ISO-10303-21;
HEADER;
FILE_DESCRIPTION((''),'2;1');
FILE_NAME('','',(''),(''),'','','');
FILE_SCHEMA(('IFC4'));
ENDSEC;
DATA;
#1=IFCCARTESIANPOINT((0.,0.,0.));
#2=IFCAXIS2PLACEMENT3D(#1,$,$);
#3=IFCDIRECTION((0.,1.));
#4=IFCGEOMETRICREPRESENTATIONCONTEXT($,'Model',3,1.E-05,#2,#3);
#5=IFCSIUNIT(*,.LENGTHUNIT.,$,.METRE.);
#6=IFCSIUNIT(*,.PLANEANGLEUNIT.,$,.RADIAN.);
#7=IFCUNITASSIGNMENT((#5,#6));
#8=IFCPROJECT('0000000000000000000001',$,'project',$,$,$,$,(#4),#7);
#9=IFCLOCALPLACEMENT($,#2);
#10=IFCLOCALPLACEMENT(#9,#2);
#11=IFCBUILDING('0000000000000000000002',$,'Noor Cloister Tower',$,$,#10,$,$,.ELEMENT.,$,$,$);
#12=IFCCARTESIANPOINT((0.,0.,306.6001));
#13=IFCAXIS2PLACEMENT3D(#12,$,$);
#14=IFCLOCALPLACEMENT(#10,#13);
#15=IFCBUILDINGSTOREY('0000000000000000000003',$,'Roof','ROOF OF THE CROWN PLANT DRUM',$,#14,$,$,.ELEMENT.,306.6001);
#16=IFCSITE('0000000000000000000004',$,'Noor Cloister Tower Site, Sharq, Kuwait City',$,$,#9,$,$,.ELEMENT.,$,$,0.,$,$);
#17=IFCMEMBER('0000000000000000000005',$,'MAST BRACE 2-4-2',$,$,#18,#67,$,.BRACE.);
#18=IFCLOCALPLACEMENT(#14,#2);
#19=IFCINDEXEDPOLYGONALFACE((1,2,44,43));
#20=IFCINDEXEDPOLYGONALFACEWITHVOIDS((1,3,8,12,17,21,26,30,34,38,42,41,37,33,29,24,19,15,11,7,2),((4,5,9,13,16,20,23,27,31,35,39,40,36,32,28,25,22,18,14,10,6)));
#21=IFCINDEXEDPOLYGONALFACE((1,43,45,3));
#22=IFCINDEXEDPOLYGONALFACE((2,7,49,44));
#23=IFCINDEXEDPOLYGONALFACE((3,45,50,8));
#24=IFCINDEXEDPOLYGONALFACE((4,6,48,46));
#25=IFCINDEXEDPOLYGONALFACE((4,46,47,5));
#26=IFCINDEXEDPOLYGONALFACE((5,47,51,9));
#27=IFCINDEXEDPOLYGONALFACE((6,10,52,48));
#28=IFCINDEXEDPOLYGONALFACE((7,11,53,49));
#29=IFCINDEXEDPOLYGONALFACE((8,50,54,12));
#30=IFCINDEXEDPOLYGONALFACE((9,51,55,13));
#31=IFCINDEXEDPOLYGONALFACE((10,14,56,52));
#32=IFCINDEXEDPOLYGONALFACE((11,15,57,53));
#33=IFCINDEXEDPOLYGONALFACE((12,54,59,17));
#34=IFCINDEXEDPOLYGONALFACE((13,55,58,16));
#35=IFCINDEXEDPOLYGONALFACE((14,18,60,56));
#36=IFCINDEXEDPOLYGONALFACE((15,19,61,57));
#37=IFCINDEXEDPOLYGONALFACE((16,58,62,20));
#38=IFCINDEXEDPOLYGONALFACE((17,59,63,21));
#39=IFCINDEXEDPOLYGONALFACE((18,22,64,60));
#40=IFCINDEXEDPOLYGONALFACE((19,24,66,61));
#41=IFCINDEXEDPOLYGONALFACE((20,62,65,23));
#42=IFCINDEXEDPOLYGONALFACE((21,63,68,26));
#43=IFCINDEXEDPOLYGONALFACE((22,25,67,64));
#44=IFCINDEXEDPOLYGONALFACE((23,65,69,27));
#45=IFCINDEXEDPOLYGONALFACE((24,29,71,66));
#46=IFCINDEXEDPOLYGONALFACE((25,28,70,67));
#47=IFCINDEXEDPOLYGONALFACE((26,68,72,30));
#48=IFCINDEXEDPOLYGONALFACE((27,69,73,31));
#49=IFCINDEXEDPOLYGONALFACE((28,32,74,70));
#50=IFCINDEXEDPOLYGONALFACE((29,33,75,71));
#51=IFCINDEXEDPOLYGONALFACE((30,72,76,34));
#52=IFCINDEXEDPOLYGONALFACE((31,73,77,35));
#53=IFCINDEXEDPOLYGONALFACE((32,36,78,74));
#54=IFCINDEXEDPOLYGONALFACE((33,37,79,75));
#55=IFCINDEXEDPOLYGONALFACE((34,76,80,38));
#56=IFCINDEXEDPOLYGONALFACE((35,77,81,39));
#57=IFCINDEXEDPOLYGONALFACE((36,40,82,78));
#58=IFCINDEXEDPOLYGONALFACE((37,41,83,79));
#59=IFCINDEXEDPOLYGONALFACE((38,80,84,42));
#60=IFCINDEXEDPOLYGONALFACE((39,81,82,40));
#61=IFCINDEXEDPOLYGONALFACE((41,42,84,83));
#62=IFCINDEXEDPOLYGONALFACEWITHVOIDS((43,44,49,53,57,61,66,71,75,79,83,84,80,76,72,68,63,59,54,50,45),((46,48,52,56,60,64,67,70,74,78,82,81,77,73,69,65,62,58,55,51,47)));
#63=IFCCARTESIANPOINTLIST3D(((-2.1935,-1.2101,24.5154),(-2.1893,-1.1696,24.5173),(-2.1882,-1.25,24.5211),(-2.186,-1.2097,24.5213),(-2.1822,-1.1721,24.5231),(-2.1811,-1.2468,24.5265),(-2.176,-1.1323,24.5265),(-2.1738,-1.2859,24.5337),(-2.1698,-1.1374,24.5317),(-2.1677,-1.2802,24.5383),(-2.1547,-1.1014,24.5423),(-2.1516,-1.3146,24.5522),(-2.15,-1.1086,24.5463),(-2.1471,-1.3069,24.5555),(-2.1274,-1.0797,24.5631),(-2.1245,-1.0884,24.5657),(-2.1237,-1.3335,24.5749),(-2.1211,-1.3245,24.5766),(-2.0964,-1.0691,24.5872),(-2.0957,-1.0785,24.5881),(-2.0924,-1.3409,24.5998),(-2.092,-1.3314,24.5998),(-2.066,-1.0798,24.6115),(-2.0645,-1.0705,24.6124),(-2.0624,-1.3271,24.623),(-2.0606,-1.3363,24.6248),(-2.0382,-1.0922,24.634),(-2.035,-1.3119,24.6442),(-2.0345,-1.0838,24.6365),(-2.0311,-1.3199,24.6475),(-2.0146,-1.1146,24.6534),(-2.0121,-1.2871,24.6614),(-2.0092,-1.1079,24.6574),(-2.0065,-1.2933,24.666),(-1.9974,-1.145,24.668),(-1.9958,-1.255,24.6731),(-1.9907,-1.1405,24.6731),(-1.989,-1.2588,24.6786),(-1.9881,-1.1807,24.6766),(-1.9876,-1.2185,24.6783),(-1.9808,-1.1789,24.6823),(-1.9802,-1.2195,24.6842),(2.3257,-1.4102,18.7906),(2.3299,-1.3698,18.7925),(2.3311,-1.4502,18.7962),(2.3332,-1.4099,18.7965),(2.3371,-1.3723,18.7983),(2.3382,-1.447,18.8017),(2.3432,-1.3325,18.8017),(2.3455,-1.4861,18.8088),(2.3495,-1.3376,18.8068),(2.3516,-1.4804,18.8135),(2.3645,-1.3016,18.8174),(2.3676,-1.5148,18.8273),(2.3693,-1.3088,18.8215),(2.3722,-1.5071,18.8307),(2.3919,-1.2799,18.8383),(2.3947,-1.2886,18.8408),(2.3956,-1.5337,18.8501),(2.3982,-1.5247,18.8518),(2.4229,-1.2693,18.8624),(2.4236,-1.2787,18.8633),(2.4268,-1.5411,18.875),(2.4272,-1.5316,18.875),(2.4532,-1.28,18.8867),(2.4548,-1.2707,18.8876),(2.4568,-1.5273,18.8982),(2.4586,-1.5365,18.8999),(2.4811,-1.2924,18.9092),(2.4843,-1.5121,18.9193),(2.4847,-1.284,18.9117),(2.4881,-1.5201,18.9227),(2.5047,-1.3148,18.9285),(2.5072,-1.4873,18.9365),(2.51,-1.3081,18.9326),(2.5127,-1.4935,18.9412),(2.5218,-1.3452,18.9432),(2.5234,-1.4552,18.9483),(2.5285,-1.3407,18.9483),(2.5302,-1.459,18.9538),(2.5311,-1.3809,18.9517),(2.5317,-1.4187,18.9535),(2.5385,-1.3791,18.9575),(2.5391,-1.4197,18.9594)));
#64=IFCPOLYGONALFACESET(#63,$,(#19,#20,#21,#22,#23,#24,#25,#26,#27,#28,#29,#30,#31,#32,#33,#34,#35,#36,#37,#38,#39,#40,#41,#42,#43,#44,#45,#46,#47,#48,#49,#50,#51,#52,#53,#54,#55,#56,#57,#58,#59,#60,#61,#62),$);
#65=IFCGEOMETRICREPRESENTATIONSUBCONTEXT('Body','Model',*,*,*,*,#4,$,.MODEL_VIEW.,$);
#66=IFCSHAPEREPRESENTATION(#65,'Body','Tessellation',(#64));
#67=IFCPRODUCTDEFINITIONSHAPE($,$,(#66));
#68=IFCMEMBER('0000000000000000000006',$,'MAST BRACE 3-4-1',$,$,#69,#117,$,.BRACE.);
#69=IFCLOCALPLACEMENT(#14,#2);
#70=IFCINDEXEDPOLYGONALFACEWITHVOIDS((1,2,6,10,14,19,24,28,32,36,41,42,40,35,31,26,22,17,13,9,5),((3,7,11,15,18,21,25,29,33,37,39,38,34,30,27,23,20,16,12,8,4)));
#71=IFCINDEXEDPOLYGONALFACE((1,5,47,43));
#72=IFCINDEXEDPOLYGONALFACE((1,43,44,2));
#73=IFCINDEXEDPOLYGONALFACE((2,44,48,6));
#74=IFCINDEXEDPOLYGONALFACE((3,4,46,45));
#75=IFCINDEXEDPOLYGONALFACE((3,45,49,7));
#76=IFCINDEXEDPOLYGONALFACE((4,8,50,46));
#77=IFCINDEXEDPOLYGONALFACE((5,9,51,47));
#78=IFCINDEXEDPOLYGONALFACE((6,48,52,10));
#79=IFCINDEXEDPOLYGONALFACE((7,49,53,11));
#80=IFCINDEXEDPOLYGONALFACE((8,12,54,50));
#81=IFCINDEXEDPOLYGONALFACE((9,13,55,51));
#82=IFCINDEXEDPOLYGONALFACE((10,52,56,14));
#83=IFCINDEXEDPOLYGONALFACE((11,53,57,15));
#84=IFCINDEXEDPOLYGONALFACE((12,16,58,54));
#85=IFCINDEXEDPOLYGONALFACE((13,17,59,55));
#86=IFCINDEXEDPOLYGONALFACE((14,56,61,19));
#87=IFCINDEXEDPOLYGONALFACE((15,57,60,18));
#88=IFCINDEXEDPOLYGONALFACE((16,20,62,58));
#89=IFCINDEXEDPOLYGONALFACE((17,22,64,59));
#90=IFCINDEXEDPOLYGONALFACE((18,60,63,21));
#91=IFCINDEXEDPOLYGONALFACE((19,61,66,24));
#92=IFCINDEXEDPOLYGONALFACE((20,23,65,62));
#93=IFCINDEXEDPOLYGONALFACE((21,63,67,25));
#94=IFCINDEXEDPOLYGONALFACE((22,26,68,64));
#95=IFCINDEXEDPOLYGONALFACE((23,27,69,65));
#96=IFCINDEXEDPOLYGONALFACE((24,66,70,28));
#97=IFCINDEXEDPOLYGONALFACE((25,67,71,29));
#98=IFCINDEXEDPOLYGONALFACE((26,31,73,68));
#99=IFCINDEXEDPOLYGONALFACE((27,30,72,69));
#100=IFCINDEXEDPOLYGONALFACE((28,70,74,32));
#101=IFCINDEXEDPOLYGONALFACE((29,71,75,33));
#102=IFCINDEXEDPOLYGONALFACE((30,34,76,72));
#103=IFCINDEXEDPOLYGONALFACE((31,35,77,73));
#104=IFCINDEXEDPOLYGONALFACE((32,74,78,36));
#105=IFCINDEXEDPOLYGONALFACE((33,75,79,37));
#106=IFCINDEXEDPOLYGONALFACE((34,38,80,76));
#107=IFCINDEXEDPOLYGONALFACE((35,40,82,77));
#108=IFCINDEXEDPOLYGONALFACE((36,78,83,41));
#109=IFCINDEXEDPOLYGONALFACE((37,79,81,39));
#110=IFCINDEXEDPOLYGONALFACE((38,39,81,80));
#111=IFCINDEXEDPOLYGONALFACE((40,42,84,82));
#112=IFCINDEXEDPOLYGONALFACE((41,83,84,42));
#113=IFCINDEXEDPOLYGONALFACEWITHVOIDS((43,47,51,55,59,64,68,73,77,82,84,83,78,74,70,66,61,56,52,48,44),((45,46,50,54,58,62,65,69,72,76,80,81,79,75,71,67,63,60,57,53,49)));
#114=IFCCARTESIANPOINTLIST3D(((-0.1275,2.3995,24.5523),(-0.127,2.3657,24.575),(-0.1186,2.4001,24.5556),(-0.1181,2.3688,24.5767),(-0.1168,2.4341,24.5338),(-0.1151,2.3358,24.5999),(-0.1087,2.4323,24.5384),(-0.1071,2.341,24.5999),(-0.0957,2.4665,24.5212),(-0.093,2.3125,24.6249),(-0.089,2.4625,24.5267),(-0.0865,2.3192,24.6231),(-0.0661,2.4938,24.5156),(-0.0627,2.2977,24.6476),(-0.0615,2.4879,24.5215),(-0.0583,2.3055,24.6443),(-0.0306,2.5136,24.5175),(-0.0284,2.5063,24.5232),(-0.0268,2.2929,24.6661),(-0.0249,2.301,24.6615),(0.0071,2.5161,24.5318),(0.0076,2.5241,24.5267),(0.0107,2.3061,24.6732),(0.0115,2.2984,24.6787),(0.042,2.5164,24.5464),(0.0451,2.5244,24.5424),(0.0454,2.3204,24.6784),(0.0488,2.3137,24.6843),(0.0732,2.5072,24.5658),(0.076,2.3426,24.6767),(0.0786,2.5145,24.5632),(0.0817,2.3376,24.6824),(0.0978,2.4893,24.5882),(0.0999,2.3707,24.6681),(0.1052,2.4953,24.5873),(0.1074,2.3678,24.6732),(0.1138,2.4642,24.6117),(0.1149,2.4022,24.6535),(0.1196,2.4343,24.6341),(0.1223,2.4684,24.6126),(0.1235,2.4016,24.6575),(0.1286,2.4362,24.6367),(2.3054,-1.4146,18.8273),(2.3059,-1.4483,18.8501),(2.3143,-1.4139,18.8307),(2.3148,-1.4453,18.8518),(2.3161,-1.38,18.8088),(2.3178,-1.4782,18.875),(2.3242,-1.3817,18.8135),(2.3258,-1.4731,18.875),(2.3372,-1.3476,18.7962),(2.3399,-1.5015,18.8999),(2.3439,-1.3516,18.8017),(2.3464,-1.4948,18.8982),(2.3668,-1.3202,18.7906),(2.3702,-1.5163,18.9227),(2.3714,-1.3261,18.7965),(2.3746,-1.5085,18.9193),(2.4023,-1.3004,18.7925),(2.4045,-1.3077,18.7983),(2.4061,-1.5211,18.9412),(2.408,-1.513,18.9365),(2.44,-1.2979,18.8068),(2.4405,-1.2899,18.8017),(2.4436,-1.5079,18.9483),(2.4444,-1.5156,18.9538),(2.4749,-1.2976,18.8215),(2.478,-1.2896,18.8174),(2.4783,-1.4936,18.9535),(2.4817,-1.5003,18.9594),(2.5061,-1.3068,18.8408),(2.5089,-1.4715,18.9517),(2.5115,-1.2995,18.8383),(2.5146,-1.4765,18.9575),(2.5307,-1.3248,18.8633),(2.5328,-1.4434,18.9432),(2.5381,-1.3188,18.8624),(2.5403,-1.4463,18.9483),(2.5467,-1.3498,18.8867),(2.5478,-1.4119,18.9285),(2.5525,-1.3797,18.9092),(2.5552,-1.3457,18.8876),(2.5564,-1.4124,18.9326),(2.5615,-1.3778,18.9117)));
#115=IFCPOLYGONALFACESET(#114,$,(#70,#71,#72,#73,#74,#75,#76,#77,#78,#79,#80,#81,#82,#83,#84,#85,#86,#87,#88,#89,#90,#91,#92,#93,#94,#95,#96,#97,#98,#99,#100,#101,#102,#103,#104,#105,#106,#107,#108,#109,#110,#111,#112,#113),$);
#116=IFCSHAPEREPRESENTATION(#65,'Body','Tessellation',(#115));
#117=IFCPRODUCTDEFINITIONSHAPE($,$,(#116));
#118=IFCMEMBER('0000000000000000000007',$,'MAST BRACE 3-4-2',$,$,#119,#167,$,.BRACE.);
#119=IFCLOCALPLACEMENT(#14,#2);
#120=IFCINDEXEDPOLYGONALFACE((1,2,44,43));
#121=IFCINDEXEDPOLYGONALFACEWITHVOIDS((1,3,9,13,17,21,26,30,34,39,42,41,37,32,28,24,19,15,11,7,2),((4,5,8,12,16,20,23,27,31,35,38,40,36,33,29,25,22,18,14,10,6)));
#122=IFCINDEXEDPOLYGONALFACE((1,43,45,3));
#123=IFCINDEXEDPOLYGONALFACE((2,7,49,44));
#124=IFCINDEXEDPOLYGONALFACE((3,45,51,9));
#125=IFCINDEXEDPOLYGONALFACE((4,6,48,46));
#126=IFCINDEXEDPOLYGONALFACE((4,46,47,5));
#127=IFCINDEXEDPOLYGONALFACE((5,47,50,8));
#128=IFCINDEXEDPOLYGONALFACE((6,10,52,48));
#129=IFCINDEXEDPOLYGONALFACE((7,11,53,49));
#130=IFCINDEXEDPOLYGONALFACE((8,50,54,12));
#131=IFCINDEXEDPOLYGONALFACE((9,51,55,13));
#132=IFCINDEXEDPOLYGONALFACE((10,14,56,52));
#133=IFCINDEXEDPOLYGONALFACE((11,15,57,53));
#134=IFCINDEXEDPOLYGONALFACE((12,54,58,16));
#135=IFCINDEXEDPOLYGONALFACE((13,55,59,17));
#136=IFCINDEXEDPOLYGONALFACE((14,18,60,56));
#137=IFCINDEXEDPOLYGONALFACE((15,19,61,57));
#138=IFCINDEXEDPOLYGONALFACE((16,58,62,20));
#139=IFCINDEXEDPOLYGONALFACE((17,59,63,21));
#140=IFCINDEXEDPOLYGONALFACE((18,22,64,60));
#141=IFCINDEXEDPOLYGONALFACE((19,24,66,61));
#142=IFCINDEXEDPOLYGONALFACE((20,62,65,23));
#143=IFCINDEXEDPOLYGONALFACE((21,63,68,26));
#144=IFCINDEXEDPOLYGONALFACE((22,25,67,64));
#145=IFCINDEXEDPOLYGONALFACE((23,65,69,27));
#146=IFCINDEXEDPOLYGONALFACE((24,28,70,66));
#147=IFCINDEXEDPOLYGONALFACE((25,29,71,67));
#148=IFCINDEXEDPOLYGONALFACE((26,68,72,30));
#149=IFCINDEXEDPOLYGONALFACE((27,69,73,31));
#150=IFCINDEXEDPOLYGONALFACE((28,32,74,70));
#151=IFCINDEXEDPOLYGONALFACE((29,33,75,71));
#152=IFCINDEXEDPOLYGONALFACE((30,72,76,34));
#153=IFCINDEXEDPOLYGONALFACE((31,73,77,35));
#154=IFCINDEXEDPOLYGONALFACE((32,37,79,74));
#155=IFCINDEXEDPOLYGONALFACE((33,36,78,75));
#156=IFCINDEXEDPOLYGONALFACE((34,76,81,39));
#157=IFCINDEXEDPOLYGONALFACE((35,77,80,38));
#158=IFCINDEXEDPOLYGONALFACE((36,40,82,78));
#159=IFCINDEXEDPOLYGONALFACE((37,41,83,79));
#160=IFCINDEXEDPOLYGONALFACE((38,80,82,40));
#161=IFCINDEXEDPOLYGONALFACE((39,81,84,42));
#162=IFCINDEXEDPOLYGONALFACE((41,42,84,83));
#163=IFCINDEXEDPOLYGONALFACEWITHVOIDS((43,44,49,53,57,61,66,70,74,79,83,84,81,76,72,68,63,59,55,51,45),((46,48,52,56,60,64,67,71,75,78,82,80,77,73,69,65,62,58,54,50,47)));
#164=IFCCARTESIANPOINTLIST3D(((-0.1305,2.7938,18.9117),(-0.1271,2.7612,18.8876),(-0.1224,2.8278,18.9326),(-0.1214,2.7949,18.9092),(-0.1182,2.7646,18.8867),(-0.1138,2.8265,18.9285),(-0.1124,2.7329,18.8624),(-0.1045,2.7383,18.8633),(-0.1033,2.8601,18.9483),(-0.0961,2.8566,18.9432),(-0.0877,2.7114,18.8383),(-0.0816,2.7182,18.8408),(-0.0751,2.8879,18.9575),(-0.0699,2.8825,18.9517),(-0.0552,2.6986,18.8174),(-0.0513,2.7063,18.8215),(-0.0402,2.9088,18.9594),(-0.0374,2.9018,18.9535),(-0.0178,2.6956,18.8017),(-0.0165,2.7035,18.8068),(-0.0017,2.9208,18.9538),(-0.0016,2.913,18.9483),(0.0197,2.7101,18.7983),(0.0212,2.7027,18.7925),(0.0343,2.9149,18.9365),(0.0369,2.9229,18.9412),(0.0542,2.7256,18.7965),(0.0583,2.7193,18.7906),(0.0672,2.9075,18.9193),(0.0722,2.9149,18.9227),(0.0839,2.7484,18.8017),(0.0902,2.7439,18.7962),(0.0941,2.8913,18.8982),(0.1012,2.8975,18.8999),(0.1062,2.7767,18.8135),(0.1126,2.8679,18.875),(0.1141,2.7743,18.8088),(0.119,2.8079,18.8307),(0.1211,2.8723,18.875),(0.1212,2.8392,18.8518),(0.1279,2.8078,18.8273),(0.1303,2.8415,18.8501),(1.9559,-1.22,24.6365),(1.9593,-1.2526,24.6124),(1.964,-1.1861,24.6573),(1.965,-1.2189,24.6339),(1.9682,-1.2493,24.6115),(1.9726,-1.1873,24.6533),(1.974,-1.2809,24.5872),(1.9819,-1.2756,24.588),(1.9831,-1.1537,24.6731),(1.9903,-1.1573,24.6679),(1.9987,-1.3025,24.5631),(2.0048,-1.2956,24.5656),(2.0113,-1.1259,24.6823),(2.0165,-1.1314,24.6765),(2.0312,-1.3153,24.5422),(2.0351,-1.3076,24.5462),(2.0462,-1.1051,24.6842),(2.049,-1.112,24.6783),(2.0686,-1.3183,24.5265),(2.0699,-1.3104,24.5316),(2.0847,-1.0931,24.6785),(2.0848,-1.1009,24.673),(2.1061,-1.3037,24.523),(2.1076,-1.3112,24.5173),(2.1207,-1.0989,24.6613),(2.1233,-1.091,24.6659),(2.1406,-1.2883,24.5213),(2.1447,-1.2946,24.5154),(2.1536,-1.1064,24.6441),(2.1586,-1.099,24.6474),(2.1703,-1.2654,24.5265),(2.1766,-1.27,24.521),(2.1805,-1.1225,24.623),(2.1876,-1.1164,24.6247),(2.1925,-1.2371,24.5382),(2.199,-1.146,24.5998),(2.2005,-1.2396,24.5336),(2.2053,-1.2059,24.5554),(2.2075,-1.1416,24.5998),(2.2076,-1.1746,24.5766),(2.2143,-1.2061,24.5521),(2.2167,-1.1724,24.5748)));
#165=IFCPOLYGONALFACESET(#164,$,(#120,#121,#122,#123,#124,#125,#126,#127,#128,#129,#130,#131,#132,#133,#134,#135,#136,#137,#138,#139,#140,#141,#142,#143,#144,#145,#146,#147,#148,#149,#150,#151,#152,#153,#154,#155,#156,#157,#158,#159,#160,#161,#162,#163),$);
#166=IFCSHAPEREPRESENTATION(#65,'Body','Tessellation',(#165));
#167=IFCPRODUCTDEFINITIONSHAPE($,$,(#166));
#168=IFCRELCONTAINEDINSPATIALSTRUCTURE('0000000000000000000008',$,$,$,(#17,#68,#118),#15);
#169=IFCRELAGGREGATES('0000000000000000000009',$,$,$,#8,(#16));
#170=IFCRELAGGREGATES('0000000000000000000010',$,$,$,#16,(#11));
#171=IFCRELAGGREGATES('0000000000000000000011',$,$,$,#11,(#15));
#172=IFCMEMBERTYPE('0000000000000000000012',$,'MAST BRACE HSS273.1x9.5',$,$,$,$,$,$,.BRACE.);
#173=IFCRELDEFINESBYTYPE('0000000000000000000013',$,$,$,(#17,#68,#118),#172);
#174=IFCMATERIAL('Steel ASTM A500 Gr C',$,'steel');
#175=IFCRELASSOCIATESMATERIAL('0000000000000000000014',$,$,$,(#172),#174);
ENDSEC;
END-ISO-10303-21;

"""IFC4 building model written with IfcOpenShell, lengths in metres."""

from ifc_helpers import new_model, si_unit, direction, frame, origin, origin_2d, place, context, subcontext, project, spatial, hollow_circle, extrude, material, material_profile, profile_set, type_object, element, save


model = new_model("IFC4")

# Units and contexts
model_context = context("Model", 3, precision=1e-05, world=origin(), true_north=direction((0.0, 1.0)))
body_context = subcontext(model_context, "Body", "Model", "MODEL_VIEW")
ifc_project = project(units=[si_unit("LENGTHUNIT", "METRE"), si_unit("PLANEANGLEUNIT", "RADIAN")], contexts=[model_context])

# Site, building, storey
site_placement = place(None, origin())
site = spatial("IfcSite", under=ifc_project, at=site_placement, Name="Noor Cloister Tower Site, Sharq, Kuwait City", CompositionType="ELEMENT", RefElevation=0.0)
building_placement = place(site_placement, origin())
building = spatial("IfcBuilding", under=site, at=building_placement, Name="Noor Cloister Tower", CompositionType="ELEMENT")
storey_placement = place(building_placement, frame((0.0, 0.0, 306.6001)))
storey = spatial("IfcBuildingStorey", under=building, at=storey_placement, Name="Roof", Description="ROOF OF THE CROWN PLANT DRUM", CompositionType="ELEMENT", Elevation=306.6001)

# Members
ifc_material_1 = material(Name="Steel ASTM A500 Gr C", Category="steel")
ifc_material_profile_1 = material_profile(ifc_material_1, hollow_circle(Radius=0.1365, WallThickness=0.0095, at=origin_2d()), Name="HSS273.1x9.5")
ifc_profile_set_1 = profile_set([ifc_material_profile_1], Name="Steel ASTM A500 Gr C")
member_type_1 = type_object("IfcMemberType", Name="MAST BRACE HSS273.1x9.5", PredefinedType="BRACE", material=ifc_profile_set_1)
for number, where, z_axis, x_axis, name in (
    (1, (2.4329, -1.4048, 18.875), (-0.619383, 0.027437, 0.78461), (-0.044255, -0.99902, 0.0), "MAST BRACE 2-4-2"),
):
    element("IfcMember", number, at=place(storey_placement, frame(where, z_axis=z_axis, x_axis=x_axis)), inside=storey, type_object=member_type_1, Name=name, PredefinedType="BRACE", context=body_context, shape_type="SweptSolid", body=[
        extrude(hollow_circle(Radius=0.1365, WallThickness=0.0095, at=origin_2d()), origin(), (0.0, 0.0, 1.0), 7.2964),
    ])
member_1_placement = place(storey_placement, frame((2.4329, -1.4048, 18.875), z_axis=(-0.333428, 0.522711, 0.784601), x_axis=(-0.843081, -0.537787, 0.0)))
element("IfcMember", 2, at=member_1_placement, inside=storey, type_object=member_type_1, Name="MAST BRACE 3-4-1", PredefinedType="BRACE", context=body_context, shape_type="SweptSolid", body=[
    extrude(hollow_circle(Radius=0.1365, WallThickness=0.0095, at=origin_2d()), origin(), (0.0, 0.0, 1.0), 7.2966),
])
member_2_placement = place(storey_placement, frame((0.0, 2.8093, 18.875), z_axis=(0.28595, -0.550117, 0.784605), x_axis=(0.88729, 0.461212, 0.0)))
element("IfcMember", 3, at=member_2_placement, inside=storey, type_object=member_type_1, Name="MAST BRACE 3-4-2", PredefinedType="BRACE", context=body_context, shape_type="SweptSolid", body=[
    extrude(hollow_circle(Radius=0.1365, WallThickness=0.0095, at=origin_2d()), origin(), (0.0, 0.0, 1.0), 7.2964),
])

save(model, "model.ifc")
